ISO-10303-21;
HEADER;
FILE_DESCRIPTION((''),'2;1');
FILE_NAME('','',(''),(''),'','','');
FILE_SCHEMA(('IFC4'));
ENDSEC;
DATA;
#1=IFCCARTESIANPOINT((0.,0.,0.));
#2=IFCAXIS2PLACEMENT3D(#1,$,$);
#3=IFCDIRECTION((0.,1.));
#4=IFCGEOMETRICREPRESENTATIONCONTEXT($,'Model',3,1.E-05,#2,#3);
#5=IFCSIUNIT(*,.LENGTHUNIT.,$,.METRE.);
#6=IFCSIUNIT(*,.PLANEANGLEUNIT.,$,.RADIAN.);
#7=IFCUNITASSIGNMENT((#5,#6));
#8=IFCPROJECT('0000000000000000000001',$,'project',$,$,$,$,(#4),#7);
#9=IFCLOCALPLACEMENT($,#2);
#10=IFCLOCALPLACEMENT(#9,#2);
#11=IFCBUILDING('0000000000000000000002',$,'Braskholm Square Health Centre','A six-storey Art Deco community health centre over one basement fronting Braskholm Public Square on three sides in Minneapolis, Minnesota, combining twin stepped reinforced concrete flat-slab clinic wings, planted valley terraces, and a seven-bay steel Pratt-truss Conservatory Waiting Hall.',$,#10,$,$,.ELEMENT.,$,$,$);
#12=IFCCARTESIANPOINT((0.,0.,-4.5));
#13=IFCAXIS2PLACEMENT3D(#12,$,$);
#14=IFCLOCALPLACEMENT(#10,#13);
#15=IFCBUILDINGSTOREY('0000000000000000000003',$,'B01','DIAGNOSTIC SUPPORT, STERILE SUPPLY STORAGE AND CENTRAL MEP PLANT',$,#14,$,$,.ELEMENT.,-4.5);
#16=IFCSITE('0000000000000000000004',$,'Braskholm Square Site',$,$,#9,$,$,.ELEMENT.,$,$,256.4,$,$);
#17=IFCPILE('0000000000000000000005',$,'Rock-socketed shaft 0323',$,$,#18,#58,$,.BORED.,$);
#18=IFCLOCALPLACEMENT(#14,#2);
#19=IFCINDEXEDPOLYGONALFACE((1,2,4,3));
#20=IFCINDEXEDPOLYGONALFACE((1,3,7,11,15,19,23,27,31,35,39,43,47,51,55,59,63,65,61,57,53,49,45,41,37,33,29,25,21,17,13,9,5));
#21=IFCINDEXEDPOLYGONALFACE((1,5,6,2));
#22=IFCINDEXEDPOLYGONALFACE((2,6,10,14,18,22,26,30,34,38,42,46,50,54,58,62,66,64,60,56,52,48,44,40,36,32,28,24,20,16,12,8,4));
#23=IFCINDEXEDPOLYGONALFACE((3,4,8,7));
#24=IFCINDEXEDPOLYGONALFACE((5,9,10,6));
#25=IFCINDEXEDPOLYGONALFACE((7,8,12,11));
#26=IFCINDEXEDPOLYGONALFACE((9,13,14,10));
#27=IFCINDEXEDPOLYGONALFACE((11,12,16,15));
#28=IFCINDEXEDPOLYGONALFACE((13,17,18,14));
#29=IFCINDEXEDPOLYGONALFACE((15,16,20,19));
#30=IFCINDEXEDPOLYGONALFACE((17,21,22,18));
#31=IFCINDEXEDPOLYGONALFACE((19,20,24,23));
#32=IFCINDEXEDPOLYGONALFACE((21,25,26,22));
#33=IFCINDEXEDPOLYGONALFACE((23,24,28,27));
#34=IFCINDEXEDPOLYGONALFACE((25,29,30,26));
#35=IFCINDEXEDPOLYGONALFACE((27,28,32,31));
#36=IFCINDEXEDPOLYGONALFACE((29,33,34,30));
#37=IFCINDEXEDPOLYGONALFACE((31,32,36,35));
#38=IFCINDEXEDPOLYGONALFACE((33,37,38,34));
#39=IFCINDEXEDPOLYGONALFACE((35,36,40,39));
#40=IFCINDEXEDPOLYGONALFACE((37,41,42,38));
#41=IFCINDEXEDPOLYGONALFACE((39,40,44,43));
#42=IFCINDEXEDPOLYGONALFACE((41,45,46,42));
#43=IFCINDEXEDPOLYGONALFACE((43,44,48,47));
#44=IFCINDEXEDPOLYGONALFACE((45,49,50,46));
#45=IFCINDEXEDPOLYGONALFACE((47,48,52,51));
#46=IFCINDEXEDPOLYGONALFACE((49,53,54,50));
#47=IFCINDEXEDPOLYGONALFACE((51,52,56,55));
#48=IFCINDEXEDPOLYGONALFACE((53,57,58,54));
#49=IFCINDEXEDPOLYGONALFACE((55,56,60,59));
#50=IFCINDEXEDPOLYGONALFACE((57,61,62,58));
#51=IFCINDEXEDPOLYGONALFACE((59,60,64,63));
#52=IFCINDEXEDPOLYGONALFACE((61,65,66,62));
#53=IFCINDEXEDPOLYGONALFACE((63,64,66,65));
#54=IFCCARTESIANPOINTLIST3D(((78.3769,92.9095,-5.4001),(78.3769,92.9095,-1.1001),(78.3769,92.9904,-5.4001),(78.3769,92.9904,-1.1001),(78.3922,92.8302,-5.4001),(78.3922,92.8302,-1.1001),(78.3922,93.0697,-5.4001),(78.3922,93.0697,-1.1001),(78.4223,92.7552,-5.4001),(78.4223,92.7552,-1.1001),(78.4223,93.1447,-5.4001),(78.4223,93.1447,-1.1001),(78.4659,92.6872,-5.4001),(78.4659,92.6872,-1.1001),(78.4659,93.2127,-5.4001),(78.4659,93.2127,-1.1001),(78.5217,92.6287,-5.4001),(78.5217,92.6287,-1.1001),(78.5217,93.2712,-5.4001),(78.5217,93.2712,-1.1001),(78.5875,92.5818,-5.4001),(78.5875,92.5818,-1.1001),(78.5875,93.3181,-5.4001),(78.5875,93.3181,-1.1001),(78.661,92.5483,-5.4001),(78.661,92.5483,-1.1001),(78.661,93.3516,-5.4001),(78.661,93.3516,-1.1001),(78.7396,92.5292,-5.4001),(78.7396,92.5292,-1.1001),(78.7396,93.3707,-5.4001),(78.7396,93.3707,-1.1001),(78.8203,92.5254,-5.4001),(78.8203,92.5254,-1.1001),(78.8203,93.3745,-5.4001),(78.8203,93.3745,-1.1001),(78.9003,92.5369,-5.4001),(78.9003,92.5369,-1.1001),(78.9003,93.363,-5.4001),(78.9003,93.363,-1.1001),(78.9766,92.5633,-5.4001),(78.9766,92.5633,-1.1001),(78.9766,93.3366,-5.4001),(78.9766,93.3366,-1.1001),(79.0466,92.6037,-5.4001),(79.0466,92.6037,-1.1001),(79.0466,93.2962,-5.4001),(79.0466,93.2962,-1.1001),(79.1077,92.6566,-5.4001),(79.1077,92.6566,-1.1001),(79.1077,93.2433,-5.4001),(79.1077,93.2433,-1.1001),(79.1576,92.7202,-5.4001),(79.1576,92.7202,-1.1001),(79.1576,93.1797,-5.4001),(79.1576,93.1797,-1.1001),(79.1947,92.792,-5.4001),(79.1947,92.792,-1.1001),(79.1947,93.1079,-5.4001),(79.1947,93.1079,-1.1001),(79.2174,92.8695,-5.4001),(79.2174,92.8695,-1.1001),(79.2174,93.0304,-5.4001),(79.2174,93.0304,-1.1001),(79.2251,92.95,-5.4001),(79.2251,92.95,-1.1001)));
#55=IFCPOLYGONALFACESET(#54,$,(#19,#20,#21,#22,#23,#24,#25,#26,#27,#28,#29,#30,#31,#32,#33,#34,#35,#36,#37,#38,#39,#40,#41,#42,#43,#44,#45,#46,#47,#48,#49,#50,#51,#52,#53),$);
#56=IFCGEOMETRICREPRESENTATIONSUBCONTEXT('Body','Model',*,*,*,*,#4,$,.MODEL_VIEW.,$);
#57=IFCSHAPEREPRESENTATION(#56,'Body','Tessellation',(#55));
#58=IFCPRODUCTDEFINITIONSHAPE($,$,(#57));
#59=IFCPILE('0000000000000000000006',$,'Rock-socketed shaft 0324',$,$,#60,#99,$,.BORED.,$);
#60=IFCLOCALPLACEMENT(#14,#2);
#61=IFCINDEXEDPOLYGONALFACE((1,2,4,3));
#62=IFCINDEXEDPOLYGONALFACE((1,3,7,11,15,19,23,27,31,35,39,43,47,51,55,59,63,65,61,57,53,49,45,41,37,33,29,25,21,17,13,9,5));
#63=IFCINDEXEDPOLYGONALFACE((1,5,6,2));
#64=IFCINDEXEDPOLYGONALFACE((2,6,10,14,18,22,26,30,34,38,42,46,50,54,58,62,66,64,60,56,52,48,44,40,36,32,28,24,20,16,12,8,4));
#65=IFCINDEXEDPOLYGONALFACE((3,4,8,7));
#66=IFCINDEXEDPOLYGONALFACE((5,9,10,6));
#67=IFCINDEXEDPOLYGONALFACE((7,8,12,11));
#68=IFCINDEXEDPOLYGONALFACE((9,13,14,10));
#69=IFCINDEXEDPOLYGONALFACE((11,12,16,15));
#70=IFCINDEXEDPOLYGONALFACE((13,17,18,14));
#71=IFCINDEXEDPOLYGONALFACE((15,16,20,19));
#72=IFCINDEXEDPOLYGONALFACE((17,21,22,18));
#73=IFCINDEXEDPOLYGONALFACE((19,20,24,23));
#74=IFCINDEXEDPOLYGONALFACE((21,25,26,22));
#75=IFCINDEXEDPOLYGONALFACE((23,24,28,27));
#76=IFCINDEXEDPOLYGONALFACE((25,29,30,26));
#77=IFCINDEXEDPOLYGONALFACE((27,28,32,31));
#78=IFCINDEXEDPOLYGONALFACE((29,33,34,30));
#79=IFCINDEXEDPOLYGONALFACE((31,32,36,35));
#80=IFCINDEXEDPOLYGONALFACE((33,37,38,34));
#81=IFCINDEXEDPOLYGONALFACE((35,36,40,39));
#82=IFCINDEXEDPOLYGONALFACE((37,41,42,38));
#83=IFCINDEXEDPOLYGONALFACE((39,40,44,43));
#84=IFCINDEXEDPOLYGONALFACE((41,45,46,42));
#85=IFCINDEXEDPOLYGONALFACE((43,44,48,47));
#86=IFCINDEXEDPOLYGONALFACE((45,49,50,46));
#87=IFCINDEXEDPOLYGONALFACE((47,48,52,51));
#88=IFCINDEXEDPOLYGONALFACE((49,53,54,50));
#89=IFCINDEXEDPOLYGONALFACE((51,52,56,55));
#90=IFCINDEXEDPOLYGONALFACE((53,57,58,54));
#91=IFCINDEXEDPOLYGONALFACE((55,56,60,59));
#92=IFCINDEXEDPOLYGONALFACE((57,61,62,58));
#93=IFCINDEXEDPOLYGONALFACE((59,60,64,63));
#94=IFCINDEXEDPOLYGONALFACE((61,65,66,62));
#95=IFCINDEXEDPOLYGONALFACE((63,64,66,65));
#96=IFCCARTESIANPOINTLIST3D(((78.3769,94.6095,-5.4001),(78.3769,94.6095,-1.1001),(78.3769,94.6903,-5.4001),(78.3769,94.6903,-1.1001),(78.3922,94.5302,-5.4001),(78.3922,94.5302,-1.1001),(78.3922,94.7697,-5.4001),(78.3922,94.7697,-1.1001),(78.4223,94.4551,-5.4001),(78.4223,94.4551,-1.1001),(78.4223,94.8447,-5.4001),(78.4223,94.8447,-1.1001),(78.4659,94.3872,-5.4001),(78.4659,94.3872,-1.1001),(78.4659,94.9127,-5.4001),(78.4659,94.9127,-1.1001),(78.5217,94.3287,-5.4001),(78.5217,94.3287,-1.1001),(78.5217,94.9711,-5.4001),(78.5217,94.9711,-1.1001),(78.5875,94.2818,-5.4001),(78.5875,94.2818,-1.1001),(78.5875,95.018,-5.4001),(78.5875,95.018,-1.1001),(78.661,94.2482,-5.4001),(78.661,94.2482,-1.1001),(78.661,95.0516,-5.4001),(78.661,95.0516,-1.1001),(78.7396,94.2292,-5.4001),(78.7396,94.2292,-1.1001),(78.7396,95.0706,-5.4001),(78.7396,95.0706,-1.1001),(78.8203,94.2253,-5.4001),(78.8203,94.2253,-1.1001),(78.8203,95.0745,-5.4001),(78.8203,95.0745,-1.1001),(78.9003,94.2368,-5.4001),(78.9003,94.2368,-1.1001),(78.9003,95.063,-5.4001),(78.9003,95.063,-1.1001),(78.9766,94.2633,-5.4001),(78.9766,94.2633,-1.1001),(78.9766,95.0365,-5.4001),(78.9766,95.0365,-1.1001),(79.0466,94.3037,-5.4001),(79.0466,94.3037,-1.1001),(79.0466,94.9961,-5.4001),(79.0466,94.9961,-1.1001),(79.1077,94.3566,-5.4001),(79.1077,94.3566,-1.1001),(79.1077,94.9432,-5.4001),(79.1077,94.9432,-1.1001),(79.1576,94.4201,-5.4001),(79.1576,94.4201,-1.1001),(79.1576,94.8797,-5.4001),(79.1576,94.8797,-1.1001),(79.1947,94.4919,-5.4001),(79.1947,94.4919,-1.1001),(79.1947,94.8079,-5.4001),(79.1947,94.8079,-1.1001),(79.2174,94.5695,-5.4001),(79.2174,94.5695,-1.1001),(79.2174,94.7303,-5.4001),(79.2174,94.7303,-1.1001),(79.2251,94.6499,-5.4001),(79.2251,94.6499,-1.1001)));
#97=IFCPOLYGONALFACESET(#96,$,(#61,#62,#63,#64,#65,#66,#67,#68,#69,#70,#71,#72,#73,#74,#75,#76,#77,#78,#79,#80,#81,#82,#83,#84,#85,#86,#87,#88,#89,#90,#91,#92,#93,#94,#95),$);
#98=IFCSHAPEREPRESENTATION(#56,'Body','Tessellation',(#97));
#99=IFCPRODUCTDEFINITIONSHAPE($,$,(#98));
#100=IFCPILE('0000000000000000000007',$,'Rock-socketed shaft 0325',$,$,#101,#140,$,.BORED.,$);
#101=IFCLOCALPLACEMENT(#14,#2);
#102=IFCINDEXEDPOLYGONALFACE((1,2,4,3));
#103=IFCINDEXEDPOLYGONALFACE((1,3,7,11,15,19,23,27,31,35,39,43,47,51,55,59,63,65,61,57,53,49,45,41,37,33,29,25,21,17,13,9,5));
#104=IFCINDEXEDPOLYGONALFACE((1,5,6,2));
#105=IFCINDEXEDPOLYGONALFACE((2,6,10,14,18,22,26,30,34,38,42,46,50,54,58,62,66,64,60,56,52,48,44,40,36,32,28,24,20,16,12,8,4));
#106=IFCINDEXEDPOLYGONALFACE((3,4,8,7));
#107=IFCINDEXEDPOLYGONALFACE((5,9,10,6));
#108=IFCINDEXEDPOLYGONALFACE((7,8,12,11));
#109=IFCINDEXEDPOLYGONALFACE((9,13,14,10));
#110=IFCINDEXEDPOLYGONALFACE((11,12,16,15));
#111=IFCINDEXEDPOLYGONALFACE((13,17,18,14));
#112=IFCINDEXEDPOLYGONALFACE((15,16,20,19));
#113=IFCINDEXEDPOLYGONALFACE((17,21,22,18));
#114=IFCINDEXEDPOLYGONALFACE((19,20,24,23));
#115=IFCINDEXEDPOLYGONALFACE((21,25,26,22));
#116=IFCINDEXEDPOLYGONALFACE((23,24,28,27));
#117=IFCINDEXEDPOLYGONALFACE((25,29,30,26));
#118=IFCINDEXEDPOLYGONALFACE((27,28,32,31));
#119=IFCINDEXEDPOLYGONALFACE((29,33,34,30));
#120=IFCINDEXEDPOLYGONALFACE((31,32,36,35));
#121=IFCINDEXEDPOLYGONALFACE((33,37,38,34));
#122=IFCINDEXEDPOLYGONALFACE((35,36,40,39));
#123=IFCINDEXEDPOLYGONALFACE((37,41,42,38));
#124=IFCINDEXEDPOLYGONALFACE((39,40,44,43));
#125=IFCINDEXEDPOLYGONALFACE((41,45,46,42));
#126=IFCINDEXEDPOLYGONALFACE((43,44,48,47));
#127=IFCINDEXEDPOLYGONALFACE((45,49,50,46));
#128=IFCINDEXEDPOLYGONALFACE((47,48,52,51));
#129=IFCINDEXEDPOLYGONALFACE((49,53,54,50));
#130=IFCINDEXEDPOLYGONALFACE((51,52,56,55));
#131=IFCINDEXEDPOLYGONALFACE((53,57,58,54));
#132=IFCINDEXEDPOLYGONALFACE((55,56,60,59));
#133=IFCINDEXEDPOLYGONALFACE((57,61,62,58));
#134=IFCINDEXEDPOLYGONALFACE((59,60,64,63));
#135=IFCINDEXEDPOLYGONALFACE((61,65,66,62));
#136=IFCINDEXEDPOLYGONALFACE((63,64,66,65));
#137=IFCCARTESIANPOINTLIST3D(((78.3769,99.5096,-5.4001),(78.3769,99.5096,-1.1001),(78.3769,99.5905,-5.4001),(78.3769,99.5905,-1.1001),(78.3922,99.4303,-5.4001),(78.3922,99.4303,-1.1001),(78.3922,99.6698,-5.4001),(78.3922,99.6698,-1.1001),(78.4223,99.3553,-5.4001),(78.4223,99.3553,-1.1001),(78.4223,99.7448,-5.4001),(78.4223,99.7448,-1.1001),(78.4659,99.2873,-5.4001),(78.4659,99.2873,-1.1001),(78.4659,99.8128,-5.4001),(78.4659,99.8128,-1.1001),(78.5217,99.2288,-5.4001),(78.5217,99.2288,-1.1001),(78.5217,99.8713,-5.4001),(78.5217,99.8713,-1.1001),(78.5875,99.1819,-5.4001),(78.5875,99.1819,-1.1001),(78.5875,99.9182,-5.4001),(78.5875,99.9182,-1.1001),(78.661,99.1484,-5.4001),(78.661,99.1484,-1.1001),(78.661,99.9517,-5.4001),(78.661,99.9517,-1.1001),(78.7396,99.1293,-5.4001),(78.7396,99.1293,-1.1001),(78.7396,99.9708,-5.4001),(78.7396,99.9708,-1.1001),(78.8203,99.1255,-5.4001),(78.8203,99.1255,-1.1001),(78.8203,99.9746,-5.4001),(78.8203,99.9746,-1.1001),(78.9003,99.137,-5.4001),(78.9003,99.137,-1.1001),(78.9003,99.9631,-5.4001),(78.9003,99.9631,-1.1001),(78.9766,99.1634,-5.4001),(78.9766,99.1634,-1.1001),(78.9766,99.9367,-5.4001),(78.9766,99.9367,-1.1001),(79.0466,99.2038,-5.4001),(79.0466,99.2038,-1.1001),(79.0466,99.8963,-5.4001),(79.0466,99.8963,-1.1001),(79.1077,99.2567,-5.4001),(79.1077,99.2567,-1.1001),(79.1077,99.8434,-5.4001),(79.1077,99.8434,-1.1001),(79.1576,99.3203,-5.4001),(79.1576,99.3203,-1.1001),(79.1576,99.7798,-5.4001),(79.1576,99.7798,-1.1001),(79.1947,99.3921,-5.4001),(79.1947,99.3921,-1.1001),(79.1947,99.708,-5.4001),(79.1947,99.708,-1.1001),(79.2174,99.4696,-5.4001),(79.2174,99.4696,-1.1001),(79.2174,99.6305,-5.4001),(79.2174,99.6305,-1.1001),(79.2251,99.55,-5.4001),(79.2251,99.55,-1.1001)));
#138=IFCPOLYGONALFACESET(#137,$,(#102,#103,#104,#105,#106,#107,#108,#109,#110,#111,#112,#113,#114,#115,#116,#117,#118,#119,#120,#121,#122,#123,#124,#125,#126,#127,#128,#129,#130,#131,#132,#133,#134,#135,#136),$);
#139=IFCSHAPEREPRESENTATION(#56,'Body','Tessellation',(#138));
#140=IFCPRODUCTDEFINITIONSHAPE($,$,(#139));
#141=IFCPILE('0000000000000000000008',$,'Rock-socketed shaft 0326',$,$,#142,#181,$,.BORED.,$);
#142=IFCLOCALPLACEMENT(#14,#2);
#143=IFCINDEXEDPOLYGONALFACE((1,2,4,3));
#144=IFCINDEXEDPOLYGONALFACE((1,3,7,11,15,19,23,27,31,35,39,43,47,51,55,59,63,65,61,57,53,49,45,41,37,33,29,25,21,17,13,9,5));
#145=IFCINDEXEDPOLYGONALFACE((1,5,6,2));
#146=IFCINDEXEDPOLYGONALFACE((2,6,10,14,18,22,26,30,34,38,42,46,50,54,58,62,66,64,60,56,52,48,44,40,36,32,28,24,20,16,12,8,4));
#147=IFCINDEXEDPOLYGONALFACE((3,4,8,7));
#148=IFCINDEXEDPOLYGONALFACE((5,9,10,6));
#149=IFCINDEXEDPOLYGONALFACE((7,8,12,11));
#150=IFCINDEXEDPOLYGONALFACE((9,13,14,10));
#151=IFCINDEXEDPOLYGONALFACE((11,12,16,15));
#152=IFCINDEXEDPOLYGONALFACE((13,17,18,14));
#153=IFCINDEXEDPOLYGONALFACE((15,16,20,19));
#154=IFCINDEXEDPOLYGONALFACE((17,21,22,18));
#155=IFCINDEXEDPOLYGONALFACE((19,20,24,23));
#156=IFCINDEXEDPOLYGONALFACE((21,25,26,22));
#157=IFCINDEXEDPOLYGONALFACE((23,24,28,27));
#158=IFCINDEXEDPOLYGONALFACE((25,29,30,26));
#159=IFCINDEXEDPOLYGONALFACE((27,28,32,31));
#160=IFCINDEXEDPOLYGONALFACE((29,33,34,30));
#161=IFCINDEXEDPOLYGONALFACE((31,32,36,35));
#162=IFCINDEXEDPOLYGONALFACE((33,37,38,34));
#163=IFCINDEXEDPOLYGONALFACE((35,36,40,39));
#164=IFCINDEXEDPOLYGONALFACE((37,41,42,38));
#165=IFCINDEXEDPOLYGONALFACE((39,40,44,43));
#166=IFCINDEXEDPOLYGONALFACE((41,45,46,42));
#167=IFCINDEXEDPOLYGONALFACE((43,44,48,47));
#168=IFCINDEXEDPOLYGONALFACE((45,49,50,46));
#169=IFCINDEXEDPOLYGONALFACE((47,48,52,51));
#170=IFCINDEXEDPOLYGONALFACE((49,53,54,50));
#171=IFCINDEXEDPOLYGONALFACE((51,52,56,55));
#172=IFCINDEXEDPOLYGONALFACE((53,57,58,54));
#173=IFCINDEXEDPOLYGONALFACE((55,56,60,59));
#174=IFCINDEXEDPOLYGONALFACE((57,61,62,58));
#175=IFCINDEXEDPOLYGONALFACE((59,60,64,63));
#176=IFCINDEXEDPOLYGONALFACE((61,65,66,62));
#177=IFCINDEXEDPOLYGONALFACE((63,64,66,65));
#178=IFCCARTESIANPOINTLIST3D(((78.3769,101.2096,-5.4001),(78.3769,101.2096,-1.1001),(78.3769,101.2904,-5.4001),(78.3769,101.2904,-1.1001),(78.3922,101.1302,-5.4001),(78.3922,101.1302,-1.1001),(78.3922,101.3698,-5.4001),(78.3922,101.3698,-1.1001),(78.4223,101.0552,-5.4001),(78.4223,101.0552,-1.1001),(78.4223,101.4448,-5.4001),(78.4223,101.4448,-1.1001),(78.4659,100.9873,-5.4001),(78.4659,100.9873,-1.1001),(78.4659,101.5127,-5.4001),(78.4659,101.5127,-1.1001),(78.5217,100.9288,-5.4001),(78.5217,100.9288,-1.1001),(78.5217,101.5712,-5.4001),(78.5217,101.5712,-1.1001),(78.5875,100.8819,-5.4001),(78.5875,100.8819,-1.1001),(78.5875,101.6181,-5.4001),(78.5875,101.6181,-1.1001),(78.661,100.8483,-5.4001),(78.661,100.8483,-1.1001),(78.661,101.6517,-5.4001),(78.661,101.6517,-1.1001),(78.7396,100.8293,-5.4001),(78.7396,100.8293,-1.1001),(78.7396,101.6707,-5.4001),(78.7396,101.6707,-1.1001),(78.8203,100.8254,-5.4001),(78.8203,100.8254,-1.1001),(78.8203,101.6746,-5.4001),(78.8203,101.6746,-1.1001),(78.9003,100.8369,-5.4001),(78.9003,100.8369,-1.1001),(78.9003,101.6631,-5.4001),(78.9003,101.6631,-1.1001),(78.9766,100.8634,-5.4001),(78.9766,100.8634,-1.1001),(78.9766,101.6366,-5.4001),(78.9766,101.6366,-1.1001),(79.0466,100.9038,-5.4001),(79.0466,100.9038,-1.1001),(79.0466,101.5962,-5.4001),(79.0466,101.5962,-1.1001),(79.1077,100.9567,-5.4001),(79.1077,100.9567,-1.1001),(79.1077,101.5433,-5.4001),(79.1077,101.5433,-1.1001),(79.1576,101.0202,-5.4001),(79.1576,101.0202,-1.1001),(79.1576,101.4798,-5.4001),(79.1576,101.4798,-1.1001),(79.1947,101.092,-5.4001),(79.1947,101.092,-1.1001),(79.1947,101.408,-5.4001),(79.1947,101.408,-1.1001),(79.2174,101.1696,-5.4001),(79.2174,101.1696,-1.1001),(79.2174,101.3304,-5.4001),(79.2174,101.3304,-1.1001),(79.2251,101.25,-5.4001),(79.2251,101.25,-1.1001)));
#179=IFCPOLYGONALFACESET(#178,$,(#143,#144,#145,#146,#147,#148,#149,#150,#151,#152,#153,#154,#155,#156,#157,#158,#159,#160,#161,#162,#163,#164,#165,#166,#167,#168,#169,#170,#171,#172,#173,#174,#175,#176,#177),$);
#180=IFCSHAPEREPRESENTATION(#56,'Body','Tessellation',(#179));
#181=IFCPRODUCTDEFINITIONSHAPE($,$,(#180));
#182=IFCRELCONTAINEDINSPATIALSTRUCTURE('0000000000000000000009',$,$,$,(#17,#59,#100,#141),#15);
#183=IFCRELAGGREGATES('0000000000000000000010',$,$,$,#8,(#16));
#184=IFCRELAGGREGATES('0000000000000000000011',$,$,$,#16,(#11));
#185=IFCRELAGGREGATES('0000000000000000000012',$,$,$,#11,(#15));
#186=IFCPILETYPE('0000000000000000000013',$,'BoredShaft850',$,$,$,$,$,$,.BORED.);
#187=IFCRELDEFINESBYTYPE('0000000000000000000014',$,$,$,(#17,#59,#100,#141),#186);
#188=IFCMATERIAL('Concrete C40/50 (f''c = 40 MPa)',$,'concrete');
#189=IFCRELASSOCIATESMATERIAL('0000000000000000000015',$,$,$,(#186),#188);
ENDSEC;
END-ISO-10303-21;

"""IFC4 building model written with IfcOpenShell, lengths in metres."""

from ifc_helpers import new_model, si_unit, direction, frame, origin, origin_2d, place, context, subcontext, project, spatial, circle, extrude, material, material_profile, profile_set, type_object, element, save


model = new_model("IFC4")

# Units and contexts
model_context = context("Model", 3, precision=1e-05, world=origin(), true_north=direction((0.0, 1.0)))
body_context = subcontext(model_context, "Body", "Model", "MODEL_VIEW")
ifc_project = project(units=[si_unit("LENGTHUNIT", "METRE"), si_unit("PLANEANGLEUNIT", "RADIAN")], contexts=[model_context])

# Site, building, storey
site_placement = place(None, origin())
site = spatial("IfcSite", under=ifc_project, at=site_placement, Name="Braskholm Square Site", CompositionType="ELEMENT", RefElevation=256.4)
building_placement = place(site_placement, origin())
building = spatial("IfcBuilding", under=site, at=building_placement, Name="Braskholm Square Health Centre", Description="A six-storey Art Deco community health centre over one basement fronting Braskholm Public Square on three sides in Minneapolis, Minnesota, combining twin stepped reinforced concrete flat-slab clinic wings, planted valley terraces, and a seven-bay steel Pratt-truss Conservatory Waiting Hall.", CompositionType="ELEMENT")
storey_placement = place(building_placement, frame((0.0, 0.0, -4.5)))
storey = spatial("IfcBuildingStorey", under=building, at=storey_placement, Name="B01", Description="DIAGNOSTIC SUPPORT, STERILE SUPPLY STORAGE AND CENTRAL MEP PLANT", CompositionType="ELEMENT", Elevation=-4.5)

# Piles
ifc_material_1 = material(Name="Concrete C40/50 (f'c = 40 MPa)", Category="concrete")
ifc_material_profile_1 = material_profile(ifc_material_1, circle(Radius=0.425, at=origin_2d()), Name="BORED-PILE-850")
ifc_profile_set_1 = profile_set([ifc_material_profile_1], Name="Concrete C40/50 (f'c = 40 MPa)")
pile_type_1 = type_object("IfcPileType", Name="BoredShaft850", PredefinedType="BORED", material=ifc_profile_set_1)
for number, where, z_axis, x_axis, name in (
    (1, (78.8, 92.95, -1.1001), (0.0, 0.0, -1.0), (1.0, 0.0, 0.0), "Rock-socketed shaft 0323"),
    (2, (78.8, 94.6499, -1.1001), (0.0, 0.0, -1.0), (1.0, 0.0, 0.0), "Rock-socketed shaft 0324"),
    (3, (78.8, 99.55, -1.1001), (0.0, 0.0, -1.0), (1.0, 0.0, 0.0), "Rock-socketed shaft 0325"),
    (4, (78.8, 101.25, -1.1001), (0.0, 0.0, -1.0), (1.0, 0.0, 0.0), "Rock-socketed shaft 0326"),
):
    element("IfcPile", number, at=place(storey_placement, frame(where, z_axis=z_axis, x_axis=x_axis)), inside=storey, type_object=pile_type_1, Name=name, PredefinedType="BORED", context=body_context, shape_type="SweptSolid", body=[
        extrude(circle(Radius=0.425, at=origin_2d()), origin(), (0.0, 0.0, 1.0), 4.3),
    ])

save(model, "model.ifc")
